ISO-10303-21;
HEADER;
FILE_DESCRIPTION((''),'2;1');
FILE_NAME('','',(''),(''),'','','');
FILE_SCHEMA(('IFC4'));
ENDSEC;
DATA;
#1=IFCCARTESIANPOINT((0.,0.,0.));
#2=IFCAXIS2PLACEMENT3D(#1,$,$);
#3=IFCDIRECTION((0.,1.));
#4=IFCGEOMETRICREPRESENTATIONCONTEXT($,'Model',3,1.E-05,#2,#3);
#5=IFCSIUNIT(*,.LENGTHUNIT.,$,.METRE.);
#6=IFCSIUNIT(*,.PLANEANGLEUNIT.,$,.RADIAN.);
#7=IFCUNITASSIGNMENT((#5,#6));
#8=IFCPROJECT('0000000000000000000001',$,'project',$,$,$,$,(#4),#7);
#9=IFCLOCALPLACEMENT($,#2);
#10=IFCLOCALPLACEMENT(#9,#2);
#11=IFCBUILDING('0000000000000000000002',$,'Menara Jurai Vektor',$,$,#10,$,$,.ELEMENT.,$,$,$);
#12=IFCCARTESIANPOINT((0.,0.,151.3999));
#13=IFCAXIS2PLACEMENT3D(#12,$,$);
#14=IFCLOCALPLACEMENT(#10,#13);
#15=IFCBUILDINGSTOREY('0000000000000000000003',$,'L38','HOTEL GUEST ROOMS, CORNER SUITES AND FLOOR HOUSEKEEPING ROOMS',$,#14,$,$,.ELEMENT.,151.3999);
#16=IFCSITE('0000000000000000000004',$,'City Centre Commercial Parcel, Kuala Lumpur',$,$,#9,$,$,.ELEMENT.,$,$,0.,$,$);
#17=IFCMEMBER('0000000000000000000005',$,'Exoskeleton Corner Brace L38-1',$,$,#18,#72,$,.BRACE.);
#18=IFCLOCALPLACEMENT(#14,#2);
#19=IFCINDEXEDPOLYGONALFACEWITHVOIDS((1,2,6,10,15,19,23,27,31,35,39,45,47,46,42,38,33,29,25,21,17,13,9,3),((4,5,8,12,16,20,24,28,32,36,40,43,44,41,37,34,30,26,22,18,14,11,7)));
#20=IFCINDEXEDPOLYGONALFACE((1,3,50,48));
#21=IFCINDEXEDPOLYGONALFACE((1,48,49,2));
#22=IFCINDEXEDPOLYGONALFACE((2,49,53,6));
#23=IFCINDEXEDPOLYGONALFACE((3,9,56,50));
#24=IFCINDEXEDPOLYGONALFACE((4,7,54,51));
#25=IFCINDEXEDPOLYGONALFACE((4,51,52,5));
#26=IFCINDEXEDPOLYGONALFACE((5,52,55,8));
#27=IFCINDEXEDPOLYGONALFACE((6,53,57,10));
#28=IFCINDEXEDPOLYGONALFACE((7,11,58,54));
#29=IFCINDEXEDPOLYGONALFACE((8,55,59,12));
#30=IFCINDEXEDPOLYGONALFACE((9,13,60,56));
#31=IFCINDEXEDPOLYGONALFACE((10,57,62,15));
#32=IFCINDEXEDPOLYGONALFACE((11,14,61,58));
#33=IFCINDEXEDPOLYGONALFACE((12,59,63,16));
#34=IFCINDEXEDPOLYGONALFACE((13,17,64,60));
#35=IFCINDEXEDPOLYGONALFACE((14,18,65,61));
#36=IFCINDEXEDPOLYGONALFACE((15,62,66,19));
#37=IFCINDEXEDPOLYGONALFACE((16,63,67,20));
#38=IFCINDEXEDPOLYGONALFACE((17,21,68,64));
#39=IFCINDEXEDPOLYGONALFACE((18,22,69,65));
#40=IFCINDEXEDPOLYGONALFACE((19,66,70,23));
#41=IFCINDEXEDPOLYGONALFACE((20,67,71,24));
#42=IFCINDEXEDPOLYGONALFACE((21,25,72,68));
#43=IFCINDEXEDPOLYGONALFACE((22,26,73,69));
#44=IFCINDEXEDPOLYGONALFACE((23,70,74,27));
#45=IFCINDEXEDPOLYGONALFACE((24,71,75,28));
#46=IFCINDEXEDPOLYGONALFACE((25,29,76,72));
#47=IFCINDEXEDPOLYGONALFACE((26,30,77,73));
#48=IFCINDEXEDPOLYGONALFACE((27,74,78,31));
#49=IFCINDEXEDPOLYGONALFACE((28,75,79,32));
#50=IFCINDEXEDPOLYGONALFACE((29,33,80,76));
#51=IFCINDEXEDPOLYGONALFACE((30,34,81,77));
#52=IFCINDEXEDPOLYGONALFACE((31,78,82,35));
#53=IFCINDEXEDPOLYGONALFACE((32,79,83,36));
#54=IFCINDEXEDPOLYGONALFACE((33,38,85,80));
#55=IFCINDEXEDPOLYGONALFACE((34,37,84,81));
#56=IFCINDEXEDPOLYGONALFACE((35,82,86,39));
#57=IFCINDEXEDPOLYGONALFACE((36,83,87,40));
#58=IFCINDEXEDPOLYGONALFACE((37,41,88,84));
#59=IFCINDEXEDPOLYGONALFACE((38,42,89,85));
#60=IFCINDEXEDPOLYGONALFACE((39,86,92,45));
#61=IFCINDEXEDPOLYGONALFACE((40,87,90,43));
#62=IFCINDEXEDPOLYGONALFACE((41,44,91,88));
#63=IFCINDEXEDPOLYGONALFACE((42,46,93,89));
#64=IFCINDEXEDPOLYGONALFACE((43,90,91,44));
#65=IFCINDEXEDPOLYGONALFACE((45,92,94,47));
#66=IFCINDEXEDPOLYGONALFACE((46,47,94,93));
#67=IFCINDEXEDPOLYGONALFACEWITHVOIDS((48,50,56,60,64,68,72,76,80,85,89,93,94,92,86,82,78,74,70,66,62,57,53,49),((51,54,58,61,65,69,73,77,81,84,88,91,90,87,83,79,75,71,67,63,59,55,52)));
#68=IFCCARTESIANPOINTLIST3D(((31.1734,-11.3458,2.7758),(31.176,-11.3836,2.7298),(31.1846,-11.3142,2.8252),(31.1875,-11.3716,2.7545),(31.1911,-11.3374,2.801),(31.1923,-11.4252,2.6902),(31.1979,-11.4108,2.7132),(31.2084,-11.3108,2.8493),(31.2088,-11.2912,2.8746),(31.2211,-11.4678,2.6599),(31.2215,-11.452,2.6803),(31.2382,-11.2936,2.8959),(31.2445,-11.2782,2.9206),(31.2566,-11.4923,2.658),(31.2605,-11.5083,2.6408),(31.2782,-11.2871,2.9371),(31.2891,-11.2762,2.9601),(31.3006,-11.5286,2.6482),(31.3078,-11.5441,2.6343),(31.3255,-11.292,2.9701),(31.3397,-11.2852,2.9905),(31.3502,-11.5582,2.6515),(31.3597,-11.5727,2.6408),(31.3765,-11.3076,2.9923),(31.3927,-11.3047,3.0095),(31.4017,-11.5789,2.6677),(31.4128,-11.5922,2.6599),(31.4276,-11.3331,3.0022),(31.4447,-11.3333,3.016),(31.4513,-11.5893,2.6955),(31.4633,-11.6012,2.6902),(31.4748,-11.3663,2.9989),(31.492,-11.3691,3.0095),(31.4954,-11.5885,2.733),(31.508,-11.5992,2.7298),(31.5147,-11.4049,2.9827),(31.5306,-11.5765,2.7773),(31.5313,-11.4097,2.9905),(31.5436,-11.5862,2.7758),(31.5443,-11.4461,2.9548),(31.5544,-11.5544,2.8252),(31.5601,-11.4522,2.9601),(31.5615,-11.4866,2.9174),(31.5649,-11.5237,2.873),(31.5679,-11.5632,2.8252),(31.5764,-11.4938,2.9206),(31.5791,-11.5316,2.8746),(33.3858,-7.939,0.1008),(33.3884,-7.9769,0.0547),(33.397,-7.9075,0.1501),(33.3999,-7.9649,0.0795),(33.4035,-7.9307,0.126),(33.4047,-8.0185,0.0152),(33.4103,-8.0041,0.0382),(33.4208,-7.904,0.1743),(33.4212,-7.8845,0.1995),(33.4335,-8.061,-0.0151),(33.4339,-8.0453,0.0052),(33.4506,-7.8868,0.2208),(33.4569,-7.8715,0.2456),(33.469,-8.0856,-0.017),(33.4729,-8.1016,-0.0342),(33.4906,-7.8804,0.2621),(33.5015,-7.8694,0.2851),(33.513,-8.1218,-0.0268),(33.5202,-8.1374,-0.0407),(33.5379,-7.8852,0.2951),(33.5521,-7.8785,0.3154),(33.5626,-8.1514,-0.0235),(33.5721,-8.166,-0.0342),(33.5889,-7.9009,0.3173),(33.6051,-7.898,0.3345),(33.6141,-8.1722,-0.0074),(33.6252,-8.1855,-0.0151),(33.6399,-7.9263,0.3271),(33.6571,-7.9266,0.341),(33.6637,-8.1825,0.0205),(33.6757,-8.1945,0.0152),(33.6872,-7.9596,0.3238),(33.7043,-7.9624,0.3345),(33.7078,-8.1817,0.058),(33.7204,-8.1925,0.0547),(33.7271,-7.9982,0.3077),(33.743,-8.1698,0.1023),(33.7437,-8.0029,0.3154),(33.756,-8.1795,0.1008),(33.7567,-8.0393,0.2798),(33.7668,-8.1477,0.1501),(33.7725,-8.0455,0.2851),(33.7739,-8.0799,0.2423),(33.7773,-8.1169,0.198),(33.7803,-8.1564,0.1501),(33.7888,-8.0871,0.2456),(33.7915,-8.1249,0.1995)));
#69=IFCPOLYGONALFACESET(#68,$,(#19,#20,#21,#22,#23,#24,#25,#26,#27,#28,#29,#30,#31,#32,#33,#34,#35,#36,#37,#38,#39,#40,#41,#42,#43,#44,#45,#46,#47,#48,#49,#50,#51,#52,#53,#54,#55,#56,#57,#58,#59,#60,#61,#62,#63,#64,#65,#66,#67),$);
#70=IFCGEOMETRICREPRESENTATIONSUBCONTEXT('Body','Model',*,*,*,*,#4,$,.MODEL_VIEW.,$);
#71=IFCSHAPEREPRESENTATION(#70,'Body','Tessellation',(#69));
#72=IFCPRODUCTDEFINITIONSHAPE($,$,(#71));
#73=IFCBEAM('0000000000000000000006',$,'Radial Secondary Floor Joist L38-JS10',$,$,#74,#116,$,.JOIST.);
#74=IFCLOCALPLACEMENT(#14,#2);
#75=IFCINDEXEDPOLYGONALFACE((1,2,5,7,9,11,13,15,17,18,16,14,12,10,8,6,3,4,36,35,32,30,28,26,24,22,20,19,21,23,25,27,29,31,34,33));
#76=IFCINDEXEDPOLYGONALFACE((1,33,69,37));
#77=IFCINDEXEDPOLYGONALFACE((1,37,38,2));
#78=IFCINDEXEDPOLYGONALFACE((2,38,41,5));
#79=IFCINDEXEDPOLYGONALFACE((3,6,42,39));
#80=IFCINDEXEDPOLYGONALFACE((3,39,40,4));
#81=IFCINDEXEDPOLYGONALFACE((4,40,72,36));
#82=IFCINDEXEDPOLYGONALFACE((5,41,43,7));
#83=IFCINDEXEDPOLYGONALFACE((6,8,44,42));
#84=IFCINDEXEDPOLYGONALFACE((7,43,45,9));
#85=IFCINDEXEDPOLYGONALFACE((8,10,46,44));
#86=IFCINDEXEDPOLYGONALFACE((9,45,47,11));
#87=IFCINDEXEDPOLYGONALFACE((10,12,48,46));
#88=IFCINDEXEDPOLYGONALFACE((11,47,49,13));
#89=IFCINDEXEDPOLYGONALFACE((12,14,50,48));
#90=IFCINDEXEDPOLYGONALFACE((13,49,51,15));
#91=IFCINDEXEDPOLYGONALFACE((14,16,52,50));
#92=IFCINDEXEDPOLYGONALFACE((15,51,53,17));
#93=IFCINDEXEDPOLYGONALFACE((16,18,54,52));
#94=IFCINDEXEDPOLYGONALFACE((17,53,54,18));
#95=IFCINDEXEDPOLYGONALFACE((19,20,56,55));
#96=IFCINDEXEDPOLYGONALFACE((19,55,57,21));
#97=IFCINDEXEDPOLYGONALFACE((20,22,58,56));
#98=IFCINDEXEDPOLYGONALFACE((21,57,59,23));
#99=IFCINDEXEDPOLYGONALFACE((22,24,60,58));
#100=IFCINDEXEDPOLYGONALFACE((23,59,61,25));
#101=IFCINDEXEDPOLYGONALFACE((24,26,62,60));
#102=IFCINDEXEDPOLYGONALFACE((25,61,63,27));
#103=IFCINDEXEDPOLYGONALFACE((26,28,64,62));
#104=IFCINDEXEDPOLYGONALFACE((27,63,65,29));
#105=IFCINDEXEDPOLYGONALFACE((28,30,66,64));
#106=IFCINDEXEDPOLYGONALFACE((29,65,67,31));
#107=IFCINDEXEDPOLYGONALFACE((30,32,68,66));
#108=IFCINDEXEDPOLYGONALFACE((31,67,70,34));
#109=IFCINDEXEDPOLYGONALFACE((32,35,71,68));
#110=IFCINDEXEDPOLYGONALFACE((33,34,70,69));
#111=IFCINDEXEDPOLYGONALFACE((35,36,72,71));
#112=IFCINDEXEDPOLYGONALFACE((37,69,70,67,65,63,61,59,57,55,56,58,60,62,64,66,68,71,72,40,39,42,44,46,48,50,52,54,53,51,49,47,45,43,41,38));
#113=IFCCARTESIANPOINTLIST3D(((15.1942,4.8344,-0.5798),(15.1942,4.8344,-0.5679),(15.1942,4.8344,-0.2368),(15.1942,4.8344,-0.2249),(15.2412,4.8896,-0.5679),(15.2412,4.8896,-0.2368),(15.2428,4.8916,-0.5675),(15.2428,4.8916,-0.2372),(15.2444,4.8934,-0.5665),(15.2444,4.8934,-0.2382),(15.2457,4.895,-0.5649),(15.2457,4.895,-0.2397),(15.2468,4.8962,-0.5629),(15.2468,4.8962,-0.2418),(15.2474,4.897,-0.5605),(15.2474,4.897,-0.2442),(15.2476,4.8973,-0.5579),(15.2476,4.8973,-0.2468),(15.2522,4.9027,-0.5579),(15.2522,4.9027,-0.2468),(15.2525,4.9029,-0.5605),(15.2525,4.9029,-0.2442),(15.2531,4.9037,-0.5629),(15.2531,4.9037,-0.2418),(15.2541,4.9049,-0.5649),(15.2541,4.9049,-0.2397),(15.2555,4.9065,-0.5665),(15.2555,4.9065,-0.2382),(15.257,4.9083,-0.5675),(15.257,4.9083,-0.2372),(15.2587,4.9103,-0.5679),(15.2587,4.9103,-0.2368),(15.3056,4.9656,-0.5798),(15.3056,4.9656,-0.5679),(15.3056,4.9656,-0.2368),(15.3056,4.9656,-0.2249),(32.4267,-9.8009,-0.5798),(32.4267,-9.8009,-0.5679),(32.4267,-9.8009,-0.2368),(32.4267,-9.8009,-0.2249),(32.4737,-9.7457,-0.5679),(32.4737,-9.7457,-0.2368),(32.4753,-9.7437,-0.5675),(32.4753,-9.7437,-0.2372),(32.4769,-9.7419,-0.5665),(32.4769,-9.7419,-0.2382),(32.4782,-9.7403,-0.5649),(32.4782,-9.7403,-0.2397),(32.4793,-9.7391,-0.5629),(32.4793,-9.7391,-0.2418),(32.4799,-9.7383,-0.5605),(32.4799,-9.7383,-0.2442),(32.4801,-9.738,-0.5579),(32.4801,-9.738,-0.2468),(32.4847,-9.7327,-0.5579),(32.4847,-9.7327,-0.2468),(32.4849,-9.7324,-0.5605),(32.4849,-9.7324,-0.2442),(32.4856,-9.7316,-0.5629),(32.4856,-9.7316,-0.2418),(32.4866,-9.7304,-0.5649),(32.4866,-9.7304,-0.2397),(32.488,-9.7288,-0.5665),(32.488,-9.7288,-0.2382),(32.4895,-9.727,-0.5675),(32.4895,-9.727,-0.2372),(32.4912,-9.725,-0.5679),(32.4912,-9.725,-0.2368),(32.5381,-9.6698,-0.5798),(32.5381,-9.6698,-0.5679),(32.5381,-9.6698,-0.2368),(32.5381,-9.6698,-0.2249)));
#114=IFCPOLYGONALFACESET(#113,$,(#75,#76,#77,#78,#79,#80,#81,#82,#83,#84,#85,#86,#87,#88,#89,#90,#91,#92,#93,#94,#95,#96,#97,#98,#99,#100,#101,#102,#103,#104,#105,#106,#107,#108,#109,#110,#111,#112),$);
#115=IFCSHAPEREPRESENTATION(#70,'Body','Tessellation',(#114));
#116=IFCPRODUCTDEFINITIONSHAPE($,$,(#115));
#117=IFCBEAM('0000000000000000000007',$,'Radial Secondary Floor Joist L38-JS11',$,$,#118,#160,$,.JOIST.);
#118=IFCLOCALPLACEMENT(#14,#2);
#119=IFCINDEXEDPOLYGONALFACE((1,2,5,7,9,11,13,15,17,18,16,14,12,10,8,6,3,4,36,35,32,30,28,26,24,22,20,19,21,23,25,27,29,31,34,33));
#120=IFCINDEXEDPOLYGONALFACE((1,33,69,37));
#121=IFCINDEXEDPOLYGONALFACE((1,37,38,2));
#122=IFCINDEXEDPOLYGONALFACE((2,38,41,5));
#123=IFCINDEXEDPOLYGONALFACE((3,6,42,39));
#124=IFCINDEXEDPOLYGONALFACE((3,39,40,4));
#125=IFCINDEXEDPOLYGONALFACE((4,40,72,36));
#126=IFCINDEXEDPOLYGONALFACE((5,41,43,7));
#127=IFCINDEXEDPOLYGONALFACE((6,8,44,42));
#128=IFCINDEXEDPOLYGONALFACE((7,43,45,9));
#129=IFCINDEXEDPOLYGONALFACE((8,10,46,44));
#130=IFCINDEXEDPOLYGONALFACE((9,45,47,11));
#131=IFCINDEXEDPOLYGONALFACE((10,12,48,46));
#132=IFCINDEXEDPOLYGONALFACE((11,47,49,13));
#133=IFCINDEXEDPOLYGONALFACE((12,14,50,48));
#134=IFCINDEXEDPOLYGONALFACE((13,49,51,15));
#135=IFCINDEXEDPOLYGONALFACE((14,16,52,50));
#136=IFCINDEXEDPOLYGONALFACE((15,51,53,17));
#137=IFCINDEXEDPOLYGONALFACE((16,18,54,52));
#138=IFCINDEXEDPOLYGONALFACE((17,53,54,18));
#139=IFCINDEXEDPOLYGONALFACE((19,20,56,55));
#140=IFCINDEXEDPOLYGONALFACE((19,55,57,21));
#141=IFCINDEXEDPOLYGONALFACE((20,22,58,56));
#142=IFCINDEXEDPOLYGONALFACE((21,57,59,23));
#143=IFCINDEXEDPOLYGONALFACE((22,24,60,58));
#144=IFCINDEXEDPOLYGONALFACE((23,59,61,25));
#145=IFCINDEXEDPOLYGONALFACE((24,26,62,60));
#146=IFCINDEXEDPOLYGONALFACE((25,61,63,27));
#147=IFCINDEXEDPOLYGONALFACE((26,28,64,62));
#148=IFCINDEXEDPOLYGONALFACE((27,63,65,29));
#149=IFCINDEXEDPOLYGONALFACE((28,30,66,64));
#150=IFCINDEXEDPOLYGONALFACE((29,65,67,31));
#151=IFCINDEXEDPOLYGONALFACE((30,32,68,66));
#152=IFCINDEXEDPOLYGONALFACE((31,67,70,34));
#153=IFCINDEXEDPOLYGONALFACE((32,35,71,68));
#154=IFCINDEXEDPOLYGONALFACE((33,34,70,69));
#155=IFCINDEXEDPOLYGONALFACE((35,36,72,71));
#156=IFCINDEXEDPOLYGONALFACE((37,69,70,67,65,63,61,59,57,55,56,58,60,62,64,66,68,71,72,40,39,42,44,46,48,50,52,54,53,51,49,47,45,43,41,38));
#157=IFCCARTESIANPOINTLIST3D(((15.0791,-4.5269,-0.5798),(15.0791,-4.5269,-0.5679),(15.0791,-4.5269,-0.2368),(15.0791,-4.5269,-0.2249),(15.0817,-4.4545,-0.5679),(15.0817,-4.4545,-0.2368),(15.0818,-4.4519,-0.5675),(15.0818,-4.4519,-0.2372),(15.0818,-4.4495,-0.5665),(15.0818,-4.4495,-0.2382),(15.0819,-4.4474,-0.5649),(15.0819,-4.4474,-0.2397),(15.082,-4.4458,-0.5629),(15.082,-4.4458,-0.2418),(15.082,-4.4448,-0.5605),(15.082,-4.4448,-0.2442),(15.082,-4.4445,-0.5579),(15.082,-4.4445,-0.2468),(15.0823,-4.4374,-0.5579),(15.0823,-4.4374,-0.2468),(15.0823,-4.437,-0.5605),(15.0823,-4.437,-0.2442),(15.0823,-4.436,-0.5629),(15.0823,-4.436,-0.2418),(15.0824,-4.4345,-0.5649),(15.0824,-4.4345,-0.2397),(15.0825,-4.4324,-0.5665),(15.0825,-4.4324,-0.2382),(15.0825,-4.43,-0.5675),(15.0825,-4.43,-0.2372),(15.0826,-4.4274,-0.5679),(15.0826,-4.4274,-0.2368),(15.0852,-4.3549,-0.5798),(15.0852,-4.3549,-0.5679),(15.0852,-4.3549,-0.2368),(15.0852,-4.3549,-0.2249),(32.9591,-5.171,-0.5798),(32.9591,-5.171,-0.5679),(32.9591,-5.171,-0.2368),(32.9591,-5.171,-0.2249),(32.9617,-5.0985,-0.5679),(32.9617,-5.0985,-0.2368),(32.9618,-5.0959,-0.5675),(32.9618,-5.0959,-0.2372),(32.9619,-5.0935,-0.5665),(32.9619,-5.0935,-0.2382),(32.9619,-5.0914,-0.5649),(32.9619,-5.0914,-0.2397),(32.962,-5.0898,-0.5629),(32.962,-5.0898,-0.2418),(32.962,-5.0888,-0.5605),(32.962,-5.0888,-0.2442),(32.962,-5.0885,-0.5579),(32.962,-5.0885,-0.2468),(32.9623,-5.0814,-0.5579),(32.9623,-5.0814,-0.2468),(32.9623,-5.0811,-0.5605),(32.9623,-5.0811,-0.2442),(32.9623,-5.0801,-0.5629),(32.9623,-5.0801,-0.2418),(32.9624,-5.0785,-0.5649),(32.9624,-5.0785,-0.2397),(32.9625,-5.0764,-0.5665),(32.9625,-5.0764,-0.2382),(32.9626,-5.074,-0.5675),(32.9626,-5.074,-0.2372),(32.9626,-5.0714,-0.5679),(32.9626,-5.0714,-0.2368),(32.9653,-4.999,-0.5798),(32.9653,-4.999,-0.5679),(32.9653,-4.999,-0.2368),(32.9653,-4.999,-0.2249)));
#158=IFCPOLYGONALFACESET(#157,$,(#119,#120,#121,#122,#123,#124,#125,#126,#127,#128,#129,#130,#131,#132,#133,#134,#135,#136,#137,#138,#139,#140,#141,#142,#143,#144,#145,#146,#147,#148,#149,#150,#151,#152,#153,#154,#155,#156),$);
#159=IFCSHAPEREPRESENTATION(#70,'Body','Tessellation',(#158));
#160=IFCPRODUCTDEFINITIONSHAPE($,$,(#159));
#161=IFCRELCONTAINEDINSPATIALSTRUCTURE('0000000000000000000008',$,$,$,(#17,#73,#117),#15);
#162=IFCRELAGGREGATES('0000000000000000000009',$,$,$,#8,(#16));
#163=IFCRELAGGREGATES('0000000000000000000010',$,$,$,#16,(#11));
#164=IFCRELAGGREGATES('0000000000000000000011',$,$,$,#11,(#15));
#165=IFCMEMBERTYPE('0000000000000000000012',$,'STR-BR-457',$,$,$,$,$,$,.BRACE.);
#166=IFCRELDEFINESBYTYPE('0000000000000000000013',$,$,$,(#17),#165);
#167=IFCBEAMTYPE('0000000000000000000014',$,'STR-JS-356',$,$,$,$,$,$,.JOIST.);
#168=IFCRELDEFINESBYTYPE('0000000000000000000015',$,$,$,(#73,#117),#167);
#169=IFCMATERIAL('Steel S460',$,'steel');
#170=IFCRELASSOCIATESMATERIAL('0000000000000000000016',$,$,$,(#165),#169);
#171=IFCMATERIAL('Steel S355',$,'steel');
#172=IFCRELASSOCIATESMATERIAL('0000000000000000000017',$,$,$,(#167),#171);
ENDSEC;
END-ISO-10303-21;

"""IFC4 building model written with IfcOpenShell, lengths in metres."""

from ifc_helpers import new_model, si_unit, direction, frame, origin, origin_2d, place, context, subcontext, project, spatial, hollow_circle, i_section, extrude, material, material_profile, profile_set, type_object, element, save


model = new_model("IFC4")

# Units and contexts
model_context = context("Model", 3, precision=1e-05, world=origin(), true_north=direction((0.0, 1.0)))
body_context = subcontext(model_context, "Body", "Model", "MODEL_VIEW")
ifc_project = project(units=[si_unit("LENGTHUNIT", "METRE"), si_unit("PLANEANGLEUNIT", "RADIAN")], contexts=[model_context])

# Site, building, storey
site_placement = place(None, origin())
site = spatial("IfcSite", under=ifc_project, at=site_placement, Name="City Centre Commercial Parcel, Kuala Lumpur", CompositionType="ELEMENT", RefElevation=0.0)
building_placement = place(site_placement, origin())
building = spatial("IfcBuilding", under=site, at=building_placement, Name="Menara Jurai Vektor", CompositionType="ELEMENT")
storey_placement = place(building_placement, frame((0.0, 0.0, 151.3999)))
storey = spatial("IfcBuildingStorey", under=building, at=storey_placement, Name="L38", Description="HOTEL GUEST ROOMS, CORNER SUITES AND FLOOR HOUSEKEEPING ROOMS", CompositionType="ELEMENT", Elevation=151.3999)

# Shared definitions
ifc_material_1 = material(Name="Steel S460", Category="steel")

# Shared definitions
ifc_material_2 = material(Name="Steel S355", Category="steel")

# Member
ifc_material_profile_1 = material_profile(ifc_material_1, hollow_circle(Radius=0.2285, WallThickness=0.0161, at=origin_2d()), Name="CHS 457x16")
ifc_profile_set_1 = profile_set([ifc_material_profile_1], Name="Steel S460")
member_type_1 = type_object("IfcMemberType", Name="STR-BR-457", PredefinedType="BRACE", material=ifc_profile_set_1)
member_1_placement = place(storey_placement, frame((33.5886, -8.032, 0.1501), z_axis=(-0.454872, -0.700428, 0.549992), x_axis=(0.838666, -0.544646, 0.0)))
element("IfcMember", 1, at=member_1_placement, inside=storey, type_object=member_type_1, Name="Exoskeleton Corner Brace L38-1", PredefinedType="BRACE", context=body_context, shape_type="SweptSolid", body=[
    extrude(hollow_circle(Radius=0.2285, WallThickness=0.0161, at=origin_2d()), origin(), (0.0, 0.0, 1.0), 4.8638),
])

# Beams
ifc_material_profile_2 = material_profile(ifc_material_2, i_section(OverallWidth=0.1721, OverallDepth=0.355, WebThickness=0.0071, FlangeThickness=0.012, FilletRadius=0.01, at=origin_2d()), Name="UKB 356x171x51")
ifc_profile_set_2 = profile_set([ifc_material_profile_2], Name="Steel S355")
beam_type_1 = type_object("IfcBeamType", Name="STR-JS-356", PredefinedType="JOIST", material=ifc_profile_set_2)
beam_1_placement = place(storey_placement, frame((32.4824, -9.7354, -0.4023), z_axis=(-0.762208, 0.647332, 0.0), x_axis=(-0.647332, -0.762208, 0.0)))
element("IfcBeam", 2, at=beam_1_placement, inside=storey, type_object=beam_type_1, Name="Radial Secondary Floor Joist L38-JS10", PredefinedType="JOIST", context=body_context, shape_type="SweptSolid", body=[
    extrude(i_section(OverallWidth=0.1721, OverallDepth=0.355, WebThickness=0.0071, FlangeThickness=0.012, FilletRadius=0.01, at=origin_2d()), origin(), (0.0, 0.0, 1.0), 22.6086),
])
beam_2_placement = place(storey_placement, frame((32.9622, -5.085, -0.4023), z_axis=(-0.999352, 0.035997, 0.0), x_axis=(-0.035997, -0.999352, 0.0)))
element("IfcBeam", 3, at=beam_2_placement, inside=storey, type_object=beam_type_1, Name="Radial Secondary Floor Joist L38-JS11", PredefinedType="JOIST", context=body_context, shape_type="SweptSolid", body=[
    extrude(i_section(OverallWidth=0.1721, OverallDepth=0.355, WebThickness=0.0071, FlangeThickness=0.012, FilletRadius=0.01, at=origin_2d()), origin(), (0.0, 0.0, 1.0), 17.8916),
])

save(model, "model.ifc")
